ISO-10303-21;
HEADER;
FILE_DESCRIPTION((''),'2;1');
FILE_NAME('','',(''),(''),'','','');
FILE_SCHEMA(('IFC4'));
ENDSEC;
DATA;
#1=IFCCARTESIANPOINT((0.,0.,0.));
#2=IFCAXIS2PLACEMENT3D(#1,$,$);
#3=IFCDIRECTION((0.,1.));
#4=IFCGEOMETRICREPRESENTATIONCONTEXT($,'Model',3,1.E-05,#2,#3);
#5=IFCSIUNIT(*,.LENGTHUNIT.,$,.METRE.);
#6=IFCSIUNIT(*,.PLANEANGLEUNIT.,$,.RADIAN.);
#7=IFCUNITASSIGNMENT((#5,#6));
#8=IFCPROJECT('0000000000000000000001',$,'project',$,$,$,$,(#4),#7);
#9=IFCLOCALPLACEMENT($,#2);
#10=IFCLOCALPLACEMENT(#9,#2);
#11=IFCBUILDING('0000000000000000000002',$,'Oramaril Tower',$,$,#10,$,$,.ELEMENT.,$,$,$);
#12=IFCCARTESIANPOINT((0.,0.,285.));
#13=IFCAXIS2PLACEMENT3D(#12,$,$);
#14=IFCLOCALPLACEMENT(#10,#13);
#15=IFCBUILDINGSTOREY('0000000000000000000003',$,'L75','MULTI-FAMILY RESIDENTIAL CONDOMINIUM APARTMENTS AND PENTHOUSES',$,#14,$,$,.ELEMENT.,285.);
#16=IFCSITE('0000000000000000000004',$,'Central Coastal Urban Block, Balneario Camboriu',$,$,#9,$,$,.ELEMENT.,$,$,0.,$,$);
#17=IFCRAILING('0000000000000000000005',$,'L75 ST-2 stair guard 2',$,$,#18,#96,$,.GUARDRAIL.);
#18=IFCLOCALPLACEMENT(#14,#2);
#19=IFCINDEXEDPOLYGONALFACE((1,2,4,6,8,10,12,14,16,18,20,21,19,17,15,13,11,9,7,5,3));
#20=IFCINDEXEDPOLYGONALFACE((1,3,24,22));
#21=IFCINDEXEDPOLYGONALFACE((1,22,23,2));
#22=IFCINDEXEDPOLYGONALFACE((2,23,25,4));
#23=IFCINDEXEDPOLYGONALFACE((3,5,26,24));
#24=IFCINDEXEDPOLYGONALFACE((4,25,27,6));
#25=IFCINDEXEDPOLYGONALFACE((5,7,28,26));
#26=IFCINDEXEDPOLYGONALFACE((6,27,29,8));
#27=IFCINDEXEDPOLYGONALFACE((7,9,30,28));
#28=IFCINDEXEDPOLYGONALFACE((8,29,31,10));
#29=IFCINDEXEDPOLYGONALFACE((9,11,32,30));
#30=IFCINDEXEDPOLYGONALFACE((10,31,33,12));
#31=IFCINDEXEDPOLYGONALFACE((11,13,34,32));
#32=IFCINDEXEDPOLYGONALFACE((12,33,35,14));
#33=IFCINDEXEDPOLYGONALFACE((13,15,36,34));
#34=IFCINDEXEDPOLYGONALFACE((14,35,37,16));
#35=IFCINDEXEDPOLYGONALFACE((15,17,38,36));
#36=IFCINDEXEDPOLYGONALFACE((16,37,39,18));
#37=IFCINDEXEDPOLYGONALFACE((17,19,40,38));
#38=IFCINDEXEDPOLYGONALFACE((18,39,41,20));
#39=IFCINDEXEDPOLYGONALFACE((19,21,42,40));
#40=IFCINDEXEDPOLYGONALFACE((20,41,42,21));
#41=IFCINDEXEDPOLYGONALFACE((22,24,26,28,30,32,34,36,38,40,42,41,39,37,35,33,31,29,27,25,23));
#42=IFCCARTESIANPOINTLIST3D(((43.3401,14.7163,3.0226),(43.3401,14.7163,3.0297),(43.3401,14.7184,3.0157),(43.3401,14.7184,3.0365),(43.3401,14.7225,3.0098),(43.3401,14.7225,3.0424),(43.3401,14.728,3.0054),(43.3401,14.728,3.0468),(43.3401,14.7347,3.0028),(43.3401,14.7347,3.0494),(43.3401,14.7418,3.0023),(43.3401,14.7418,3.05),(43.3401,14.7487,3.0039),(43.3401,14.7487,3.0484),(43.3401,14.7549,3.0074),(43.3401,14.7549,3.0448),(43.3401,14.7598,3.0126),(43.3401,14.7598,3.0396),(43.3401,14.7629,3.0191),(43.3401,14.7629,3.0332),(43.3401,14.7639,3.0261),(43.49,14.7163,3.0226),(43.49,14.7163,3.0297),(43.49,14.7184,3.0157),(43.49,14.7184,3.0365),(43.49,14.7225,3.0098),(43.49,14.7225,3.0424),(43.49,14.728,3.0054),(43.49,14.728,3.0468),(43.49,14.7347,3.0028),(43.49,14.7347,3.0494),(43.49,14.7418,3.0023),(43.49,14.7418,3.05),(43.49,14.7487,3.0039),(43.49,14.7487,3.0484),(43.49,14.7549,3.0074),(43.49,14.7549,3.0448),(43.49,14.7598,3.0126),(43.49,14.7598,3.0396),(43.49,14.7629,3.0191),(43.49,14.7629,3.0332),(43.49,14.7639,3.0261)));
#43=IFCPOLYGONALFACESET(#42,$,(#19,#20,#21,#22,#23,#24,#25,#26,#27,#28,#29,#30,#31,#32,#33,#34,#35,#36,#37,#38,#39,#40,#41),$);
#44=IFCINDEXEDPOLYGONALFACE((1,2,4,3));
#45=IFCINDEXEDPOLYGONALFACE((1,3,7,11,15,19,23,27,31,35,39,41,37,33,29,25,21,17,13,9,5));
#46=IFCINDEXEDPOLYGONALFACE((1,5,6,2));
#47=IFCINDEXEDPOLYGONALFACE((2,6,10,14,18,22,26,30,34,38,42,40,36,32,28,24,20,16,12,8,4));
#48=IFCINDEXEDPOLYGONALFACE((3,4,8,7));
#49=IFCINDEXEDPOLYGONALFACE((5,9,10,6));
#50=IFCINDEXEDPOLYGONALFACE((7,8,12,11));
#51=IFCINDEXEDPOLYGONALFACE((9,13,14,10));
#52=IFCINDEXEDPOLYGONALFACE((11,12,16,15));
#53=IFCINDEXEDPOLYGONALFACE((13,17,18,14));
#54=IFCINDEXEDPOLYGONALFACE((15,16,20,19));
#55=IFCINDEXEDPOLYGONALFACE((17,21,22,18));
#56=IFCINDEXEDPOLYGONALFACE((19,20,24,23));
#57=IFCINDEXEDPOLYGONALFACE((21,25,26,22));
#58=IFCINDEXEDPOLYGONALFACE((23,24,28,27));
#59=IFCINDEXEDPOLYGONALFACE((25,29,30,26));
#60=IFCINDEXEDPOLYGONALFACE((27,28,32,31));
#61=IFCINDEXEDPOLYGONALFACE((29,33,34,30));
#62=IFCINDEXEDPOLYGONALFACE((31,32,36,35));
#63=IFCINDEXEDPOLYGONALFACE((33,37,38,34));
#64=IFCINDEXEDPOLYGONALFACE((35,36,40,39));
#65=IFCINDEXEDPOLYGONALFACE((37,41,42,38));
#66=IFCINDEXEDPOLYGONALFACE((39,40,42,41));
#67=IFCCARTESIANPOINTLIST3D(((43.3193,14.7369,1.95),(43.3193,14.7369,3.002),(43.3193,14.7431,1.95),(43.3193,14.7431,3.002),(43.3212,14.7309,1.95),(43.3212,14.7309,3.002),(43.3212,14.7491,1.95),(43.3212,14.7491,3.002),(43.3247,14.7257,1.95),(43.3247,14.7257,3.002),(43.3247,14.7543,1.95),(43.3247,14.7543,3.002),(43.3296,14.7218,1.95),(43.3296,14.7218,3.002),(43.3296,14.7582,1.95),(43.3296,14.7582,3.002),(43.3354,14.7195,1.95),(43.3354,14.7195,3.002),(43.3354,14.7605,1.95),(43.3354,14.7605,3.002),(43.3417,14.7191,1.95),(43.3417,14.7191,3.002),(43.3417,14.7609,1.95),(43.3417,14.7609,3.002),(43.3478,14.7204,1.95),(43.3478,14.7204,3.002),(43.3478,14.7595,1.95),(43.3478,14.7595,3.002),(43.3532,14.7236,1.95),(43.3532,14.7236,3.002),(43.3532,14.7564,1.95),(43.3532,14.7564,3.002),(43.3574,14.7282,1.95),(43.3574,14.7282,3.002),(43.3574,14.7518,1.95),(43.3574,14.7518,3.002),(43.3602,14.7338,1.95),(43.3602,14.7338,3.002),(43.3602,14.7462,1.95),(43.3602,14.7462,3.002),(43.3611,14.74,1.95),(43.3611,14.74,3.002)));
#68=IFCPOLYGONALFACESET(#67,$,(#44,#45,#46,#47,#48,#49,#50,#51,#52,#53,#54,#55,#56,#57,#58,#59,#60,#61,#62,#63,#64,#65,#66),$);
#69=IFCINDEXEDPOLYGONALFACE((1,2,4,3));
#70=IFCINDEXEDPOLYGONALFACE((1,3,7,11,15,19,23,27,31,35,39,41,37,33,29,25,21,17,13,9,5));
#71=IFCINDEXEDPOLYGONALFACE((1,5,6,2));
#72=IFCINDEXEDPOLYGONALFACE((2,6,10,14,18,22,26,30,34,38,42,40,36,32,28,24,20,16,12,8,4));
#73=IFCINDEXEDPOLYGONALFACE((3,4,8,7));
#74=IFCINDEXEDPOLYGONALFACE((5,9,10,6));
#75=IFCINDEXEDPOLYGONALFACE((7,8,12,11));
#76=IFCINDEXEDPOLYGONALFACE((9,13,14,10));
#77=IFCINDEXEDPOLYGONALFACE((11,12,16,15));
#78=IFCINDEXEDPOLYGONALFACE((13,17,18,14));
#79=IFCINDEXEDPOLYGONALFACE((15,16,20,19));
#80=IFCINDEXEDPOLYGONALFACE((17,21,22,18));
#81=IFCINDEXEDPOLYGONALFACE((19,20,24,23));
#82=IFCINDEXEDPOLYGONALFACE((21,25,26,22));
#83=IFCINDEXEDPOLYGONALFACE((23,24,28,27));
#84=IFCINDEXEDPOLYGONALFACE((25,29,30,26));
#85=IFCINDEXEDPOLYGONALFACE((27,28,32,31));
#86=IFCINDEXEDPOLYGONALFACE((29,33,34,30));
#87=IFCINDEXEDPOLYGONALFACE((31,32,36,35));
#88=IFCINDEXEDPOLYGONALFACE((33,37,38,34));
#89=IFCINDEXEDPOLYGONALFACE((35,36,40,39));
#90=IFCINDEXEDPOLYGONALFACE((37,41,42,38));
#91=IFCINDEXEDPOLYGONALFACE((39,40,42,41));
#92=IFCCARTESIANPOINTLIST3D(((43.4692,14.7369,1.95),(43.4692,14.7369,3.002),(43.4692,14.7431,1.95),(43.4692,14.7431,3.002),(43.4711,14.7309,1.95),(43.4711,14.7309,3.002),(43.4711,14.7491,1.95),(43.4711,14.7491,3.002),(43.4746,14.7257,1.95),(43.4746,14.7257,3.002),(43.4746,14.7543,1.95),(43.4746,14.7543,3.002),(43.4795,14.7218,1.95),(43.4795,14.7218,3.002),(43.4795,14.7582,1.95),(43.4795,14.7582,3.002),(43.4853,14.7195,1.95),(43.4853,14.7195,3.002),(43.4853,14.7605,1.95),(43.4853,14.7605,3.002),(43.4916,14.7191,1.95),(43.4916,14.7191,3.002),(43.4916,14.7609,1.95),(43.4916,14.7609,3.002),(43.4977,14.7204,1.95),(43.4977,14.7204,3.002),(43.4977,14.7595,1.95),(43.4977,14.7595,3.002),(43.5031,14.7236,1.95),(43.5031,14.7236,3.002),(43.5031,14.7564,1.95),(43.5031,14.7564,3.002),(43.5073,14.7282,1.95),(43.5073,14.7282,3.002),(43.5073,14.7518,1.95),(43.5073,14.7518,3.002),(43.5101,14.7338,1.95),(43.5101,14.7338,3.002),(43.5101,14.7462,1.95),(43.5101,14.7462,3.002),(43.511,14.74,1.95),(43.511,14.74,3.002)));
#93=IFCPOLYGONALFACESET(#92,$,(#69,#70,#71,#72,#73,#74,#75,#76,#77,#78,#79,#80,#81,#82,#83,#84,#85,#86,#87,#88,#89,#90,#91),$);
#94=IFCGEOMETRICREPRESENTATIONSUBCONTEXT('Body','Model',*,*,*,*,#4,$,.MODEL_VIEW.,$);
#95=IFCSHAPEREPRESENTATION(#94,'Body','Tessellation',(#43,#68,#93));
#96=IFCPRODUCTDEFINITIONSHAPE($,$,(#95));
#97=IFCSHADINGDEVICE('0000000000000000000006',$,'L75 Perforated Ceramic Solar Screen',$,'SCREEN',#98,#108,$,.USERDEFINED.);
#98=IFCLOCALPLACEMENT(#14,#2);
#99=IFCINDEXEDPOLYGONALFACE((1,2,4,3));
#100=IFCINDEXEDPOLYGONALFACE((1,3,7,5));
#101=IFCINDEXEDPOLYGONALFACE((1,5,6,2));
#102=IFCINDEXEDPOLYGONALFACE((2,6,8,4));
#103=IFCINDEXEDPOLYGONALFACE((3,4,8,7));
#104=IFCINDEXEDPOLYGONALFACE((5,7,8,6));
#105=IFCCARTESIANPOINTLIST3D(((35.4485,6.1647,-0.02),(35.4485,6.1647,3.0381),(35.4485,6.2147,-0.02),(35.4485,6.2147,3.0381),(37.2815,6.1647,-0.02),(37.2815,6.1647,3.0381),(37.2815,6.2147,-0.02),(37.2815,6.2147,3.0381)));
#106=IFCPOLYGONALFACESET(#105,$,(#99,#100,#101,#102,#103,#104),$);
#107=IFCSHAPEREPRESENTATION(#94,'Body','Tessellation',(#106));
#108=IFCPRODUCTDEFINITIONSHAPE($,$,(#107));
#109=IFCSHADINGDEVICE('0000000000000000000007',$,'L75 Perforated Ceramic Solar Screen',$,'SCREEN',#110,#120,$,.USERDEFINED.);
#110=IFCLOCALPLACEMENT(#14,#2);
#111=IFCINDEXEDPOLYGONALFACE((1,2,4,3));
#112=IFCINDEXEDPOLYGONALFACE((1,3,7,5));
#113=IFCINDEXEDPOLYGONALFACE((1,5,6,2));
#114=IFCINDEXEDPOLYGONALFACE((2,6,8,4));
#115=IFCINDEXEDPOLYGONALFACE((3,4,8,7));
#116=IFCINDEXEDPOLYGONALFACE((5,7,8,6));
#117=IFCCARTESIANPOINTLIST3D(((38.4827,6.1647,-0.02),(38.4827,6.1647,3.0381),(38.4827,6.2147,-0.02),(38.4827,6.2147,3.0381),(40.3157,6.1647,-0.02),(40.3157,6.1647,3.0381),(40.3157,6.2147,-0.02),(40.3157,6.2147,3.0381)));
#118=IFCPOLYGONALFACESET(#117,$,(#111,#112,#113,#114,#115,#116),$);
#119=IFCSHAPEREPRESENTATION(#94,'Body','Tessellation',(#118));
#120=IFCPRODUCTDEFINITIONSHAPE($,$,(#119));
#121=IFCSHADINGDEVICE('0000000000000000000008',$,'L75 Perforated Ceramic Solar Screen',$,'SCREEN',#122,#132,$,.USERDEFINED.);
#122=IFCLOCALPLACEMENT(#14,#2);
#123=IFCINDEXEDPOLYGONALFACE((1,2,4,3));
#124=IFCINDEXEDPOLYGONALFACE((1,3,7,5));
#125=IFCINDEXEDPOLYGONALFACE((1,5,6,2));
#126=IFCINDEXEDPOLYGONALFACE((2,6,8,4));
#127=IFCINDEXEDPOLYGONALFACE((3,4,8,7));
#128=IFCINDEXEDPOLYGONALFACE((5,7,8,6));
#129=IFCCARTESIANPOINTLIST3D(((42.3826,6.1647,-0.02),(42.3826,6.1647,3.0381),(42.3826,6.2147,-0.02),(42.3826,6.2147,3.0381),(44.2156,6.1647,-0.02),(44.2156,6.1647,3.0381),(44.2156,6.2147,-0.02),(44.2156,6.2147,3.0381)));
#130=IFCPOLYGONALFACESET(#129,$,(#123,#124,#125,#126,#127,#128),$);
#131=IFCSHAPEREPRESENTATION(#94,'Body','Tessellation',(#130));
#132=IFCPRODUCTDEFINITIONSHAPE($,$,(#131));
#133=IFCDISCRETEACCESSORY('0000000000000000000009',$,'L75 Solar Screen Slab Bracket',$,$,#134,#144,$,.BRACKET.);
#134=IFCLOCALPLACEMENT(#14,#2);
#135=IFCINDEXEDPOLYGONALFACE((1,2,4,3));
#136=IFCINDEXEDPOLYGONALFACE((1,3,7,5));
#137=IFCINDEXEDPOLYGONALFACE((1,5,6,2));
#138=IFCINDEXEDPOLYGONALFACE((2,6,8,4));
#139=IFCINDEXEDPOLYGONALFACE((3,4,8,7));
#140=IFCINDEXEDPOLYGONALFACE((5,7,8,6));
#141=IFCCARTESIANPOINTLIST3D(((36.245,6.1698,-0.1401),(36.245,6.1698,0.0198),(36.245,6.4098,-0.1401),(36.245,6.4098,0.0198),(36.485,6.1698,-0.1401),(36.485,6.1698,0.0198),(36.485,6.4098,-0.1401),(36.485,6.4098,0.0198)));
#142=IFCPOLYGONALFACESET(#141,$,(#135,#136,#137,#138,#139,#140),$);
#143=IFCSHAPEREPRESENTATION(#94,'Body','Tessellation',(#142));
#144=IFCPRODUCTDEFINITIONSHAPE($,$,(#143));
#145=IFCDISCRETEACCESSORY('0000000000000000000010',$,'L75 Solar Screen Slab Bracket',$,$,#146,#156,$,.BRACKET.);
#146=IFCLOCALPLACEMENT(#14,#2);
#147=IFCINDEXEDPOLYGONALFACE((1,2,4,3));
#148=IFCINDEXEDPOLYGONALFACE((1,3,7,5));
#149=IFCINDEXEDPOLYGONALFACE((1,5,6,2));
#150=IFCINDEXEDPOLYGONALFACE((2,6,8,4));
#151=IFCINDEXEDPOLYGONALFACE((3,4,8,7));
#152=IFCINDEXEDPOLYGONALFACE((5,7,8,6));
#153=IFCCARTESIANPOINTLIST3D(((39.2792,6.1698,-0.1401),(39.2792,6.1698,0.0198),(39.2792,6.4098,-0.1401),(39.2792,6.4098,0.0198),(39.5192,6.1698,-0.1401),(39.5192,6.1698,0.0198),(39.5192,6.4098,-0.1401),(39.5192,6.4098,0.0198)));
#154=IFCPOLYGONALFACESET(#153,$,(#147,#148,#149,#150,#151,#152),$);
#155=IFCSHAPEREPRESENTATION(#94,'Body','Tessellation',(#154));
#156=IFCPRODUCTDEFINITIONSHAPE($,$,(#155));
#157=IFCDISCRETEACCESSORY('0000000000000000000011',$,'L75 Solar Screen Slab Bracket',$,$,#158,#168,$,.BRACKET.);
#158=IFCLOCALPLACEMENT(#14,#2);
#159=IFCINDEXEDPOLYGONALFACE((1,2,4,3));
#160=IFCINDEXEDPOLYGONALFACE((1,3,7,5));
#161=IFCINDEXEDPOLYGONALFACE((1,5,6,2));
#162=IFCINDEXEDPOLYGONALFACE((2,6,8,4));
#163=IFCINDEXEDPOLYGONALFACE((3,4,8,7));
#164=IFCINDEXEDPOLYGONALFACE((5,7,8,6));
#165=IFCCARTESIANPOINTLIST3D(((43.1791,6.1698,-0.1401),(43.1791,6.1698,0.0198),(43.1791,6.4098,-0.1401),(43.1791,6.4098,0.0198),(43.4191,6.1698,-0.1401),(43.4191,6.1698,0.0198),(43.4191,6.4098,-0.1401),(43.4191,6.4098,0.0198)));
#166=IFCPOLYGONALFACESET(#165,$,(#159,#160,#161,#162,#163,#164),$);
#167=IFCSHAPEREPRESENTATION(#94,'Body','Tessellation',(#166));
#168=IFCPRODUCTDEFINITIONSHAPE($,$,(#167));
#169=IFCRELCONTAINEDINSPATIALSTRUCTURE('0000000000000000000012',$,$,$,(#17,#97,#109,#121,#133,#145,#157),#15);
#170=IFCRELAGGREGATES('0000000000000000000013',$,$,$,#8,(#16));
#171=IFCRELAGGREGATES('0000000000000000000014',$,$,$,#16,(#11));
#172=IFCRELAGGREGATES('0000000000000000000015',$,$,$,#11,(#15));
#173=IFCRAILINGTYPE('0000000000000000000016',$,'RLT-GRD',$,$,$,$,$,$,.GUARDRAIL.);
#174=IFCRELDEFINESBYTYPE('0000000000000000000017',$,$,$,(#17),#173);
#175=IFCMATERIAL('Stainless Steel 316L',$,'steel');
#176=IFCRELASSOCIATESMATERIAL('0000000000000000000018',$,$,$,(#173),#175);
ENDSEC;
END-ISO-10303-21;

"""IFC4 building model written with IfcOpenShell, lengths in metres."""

from ifc_helpers import new_model, si_unit, direction, frame, origin, origin_2d, place, context, subcontext, project, spatial, rectangle, circle, extrude, material, type_object, element, save


model = new_model("IFC4")

# Units and contexts
model_context = context("Model", 3, precision=1e-05, world=origin(), true_north=direction((0.0, 1.0)))
body_context = subcontext(model_context, "Body", "Model", "MODEL_VIEW")
ifc_project = project(units=[si_unit("LENGTHUNIT", "METRE"), si_unit("PLANEANGLEUNIT", "RADIAN")], contexts=[model_context])

# Site, building, storey
site_placement = place(None, origin())
site = spatial("IfcSite", under=ifc_project, at=site_placement, Name="Central Coastal Urban Block, Balneario Camboriu", CompositionType="ELEMENT", RefElevation=0.0)
building_placement = place(site_placement, origin())
building = spatial("IfcBuilding", under=site, at=building_placement, Name="Oramaril Tower", CompositionType="ELEMENT")
storey_placement = place(building_placement, frame((0.0, 0.0, 285.0)))
storey = spatial("IfcBuildingStorey", under=building, at=storey_placement, Name="L75", Description="MULTI-FAMILY RESIDENTIAL CONDOMINIUM APARTMENTS AND PENTHOUSES", CompositionType="ELEMENT", Elevation=285.0)

# Railing
ifc_material_1 = material(Name="Stainless Steel 316L", Category="steel")
railing_type = type_object("IfcRailingType", Name="RLT-GRD", PredefinedType="GUARDRAIL", material=ifc_material_1)
railing_placement = place(storey_placement, frame((43.3401, 14.74, 1.95)))
element("IfcRailing", 1, at=railing_placement, inside=storey, type_object=railing_type, Name="L75 ST-2 stair guard 2", PredefinedType="GUARDRAIL", context=body_context, shape_type="SweptSolid", body=[
    extrude(circle(Radius=0.0239, at=origin_2d()), frame((0.0, 0.0, 1.0762), z_axis=(1.0, 0.0, 0.0), x_axis=(0.0, 1.0, 0.0)), (0.0, 0.0, 1.0), 0.1499),
    extrude(circle(Radius=0.021, at=origin_2d()), origin(), (0.0, 0.0, 1.0), 1.052),
    extrude(circle(Radius=0.021, at=origin_2d()), frame((0.1499, 0.0, 0.0)), (0.0, 0.0, 1.0), 1.052),
])

# Shading devices
for number, where, z_axis, x_axis, name in (
    (2, (36.365, 6.1897, -0.02), (0.0, 0.0, 1.0), (1.0, 0.0, 0.0), "L75 Perforated Ceramic Solar Screen"),
    (3, (39.3992, 6.1897, -0.02), (0.0, 0.0, 1.0), (1.0, 0.0, 0.0), "L75 Perforated Ceramic Solar Screen"),
    (4, (43.2991, 6.1897, -0.02), (0.0, 0.0, 1.0), (1.0, 0.0, 0.0), "L75 Perforated Ceramic Solar Screen"),
):
    element("IfcShadingDevice", number, at=place(storey_placement, frame(where, z_axis=z_axis, x_axis=x_axis)), inside=storey, Name=name, ObjectType="SCREEN", PredefinedType="USERDEFINED", context=body_context, shape_type="SweptSolid", body=[
        extrude(rectangle(XDim=1.833, YDim=0.05, at=origin_2d()), origin(), (0.0, 0.0, 1.0), 3.0581),
    ])

# Discrete accessories
for number, where, z_axis, x_axis, name in (
    (5, (36.365, 6.2898, -0.1401), (0.0, 0.0, 1.0), (1.0, 0.0, 0.0), "L75 Solar Screen Slab Bracket"),
    (6, (39.3992, 6.2898, -0.1401), (0.0, 0.0, 1.0), (1.0, 0.0, 0.0), "L75 Solar Screen Slab Bracket"),
    (7, (43.2991, 6.2898, -0.1401), (0.0, 0.0, 1.0), (1.0, 0.0, 0.0), "L75 Solar Screen Slab Bracket"),
):
    element("IfcDiscreteAccessory", number, at=place(storey_placement, frame(where, z_axis=z_axis, x_axis=x_axis)), inside=storey, Name=name, PredefinedType="BRACKET", context=body_context, shape_type="SweptSolid", body=[
        extrude(rectangle(XDim=0.24, YDim=0.24, at=origin_2d()), origin(), (0.0, 0.0, 1.0), 0.1599),
    ])

save(model, "model.ifc")
